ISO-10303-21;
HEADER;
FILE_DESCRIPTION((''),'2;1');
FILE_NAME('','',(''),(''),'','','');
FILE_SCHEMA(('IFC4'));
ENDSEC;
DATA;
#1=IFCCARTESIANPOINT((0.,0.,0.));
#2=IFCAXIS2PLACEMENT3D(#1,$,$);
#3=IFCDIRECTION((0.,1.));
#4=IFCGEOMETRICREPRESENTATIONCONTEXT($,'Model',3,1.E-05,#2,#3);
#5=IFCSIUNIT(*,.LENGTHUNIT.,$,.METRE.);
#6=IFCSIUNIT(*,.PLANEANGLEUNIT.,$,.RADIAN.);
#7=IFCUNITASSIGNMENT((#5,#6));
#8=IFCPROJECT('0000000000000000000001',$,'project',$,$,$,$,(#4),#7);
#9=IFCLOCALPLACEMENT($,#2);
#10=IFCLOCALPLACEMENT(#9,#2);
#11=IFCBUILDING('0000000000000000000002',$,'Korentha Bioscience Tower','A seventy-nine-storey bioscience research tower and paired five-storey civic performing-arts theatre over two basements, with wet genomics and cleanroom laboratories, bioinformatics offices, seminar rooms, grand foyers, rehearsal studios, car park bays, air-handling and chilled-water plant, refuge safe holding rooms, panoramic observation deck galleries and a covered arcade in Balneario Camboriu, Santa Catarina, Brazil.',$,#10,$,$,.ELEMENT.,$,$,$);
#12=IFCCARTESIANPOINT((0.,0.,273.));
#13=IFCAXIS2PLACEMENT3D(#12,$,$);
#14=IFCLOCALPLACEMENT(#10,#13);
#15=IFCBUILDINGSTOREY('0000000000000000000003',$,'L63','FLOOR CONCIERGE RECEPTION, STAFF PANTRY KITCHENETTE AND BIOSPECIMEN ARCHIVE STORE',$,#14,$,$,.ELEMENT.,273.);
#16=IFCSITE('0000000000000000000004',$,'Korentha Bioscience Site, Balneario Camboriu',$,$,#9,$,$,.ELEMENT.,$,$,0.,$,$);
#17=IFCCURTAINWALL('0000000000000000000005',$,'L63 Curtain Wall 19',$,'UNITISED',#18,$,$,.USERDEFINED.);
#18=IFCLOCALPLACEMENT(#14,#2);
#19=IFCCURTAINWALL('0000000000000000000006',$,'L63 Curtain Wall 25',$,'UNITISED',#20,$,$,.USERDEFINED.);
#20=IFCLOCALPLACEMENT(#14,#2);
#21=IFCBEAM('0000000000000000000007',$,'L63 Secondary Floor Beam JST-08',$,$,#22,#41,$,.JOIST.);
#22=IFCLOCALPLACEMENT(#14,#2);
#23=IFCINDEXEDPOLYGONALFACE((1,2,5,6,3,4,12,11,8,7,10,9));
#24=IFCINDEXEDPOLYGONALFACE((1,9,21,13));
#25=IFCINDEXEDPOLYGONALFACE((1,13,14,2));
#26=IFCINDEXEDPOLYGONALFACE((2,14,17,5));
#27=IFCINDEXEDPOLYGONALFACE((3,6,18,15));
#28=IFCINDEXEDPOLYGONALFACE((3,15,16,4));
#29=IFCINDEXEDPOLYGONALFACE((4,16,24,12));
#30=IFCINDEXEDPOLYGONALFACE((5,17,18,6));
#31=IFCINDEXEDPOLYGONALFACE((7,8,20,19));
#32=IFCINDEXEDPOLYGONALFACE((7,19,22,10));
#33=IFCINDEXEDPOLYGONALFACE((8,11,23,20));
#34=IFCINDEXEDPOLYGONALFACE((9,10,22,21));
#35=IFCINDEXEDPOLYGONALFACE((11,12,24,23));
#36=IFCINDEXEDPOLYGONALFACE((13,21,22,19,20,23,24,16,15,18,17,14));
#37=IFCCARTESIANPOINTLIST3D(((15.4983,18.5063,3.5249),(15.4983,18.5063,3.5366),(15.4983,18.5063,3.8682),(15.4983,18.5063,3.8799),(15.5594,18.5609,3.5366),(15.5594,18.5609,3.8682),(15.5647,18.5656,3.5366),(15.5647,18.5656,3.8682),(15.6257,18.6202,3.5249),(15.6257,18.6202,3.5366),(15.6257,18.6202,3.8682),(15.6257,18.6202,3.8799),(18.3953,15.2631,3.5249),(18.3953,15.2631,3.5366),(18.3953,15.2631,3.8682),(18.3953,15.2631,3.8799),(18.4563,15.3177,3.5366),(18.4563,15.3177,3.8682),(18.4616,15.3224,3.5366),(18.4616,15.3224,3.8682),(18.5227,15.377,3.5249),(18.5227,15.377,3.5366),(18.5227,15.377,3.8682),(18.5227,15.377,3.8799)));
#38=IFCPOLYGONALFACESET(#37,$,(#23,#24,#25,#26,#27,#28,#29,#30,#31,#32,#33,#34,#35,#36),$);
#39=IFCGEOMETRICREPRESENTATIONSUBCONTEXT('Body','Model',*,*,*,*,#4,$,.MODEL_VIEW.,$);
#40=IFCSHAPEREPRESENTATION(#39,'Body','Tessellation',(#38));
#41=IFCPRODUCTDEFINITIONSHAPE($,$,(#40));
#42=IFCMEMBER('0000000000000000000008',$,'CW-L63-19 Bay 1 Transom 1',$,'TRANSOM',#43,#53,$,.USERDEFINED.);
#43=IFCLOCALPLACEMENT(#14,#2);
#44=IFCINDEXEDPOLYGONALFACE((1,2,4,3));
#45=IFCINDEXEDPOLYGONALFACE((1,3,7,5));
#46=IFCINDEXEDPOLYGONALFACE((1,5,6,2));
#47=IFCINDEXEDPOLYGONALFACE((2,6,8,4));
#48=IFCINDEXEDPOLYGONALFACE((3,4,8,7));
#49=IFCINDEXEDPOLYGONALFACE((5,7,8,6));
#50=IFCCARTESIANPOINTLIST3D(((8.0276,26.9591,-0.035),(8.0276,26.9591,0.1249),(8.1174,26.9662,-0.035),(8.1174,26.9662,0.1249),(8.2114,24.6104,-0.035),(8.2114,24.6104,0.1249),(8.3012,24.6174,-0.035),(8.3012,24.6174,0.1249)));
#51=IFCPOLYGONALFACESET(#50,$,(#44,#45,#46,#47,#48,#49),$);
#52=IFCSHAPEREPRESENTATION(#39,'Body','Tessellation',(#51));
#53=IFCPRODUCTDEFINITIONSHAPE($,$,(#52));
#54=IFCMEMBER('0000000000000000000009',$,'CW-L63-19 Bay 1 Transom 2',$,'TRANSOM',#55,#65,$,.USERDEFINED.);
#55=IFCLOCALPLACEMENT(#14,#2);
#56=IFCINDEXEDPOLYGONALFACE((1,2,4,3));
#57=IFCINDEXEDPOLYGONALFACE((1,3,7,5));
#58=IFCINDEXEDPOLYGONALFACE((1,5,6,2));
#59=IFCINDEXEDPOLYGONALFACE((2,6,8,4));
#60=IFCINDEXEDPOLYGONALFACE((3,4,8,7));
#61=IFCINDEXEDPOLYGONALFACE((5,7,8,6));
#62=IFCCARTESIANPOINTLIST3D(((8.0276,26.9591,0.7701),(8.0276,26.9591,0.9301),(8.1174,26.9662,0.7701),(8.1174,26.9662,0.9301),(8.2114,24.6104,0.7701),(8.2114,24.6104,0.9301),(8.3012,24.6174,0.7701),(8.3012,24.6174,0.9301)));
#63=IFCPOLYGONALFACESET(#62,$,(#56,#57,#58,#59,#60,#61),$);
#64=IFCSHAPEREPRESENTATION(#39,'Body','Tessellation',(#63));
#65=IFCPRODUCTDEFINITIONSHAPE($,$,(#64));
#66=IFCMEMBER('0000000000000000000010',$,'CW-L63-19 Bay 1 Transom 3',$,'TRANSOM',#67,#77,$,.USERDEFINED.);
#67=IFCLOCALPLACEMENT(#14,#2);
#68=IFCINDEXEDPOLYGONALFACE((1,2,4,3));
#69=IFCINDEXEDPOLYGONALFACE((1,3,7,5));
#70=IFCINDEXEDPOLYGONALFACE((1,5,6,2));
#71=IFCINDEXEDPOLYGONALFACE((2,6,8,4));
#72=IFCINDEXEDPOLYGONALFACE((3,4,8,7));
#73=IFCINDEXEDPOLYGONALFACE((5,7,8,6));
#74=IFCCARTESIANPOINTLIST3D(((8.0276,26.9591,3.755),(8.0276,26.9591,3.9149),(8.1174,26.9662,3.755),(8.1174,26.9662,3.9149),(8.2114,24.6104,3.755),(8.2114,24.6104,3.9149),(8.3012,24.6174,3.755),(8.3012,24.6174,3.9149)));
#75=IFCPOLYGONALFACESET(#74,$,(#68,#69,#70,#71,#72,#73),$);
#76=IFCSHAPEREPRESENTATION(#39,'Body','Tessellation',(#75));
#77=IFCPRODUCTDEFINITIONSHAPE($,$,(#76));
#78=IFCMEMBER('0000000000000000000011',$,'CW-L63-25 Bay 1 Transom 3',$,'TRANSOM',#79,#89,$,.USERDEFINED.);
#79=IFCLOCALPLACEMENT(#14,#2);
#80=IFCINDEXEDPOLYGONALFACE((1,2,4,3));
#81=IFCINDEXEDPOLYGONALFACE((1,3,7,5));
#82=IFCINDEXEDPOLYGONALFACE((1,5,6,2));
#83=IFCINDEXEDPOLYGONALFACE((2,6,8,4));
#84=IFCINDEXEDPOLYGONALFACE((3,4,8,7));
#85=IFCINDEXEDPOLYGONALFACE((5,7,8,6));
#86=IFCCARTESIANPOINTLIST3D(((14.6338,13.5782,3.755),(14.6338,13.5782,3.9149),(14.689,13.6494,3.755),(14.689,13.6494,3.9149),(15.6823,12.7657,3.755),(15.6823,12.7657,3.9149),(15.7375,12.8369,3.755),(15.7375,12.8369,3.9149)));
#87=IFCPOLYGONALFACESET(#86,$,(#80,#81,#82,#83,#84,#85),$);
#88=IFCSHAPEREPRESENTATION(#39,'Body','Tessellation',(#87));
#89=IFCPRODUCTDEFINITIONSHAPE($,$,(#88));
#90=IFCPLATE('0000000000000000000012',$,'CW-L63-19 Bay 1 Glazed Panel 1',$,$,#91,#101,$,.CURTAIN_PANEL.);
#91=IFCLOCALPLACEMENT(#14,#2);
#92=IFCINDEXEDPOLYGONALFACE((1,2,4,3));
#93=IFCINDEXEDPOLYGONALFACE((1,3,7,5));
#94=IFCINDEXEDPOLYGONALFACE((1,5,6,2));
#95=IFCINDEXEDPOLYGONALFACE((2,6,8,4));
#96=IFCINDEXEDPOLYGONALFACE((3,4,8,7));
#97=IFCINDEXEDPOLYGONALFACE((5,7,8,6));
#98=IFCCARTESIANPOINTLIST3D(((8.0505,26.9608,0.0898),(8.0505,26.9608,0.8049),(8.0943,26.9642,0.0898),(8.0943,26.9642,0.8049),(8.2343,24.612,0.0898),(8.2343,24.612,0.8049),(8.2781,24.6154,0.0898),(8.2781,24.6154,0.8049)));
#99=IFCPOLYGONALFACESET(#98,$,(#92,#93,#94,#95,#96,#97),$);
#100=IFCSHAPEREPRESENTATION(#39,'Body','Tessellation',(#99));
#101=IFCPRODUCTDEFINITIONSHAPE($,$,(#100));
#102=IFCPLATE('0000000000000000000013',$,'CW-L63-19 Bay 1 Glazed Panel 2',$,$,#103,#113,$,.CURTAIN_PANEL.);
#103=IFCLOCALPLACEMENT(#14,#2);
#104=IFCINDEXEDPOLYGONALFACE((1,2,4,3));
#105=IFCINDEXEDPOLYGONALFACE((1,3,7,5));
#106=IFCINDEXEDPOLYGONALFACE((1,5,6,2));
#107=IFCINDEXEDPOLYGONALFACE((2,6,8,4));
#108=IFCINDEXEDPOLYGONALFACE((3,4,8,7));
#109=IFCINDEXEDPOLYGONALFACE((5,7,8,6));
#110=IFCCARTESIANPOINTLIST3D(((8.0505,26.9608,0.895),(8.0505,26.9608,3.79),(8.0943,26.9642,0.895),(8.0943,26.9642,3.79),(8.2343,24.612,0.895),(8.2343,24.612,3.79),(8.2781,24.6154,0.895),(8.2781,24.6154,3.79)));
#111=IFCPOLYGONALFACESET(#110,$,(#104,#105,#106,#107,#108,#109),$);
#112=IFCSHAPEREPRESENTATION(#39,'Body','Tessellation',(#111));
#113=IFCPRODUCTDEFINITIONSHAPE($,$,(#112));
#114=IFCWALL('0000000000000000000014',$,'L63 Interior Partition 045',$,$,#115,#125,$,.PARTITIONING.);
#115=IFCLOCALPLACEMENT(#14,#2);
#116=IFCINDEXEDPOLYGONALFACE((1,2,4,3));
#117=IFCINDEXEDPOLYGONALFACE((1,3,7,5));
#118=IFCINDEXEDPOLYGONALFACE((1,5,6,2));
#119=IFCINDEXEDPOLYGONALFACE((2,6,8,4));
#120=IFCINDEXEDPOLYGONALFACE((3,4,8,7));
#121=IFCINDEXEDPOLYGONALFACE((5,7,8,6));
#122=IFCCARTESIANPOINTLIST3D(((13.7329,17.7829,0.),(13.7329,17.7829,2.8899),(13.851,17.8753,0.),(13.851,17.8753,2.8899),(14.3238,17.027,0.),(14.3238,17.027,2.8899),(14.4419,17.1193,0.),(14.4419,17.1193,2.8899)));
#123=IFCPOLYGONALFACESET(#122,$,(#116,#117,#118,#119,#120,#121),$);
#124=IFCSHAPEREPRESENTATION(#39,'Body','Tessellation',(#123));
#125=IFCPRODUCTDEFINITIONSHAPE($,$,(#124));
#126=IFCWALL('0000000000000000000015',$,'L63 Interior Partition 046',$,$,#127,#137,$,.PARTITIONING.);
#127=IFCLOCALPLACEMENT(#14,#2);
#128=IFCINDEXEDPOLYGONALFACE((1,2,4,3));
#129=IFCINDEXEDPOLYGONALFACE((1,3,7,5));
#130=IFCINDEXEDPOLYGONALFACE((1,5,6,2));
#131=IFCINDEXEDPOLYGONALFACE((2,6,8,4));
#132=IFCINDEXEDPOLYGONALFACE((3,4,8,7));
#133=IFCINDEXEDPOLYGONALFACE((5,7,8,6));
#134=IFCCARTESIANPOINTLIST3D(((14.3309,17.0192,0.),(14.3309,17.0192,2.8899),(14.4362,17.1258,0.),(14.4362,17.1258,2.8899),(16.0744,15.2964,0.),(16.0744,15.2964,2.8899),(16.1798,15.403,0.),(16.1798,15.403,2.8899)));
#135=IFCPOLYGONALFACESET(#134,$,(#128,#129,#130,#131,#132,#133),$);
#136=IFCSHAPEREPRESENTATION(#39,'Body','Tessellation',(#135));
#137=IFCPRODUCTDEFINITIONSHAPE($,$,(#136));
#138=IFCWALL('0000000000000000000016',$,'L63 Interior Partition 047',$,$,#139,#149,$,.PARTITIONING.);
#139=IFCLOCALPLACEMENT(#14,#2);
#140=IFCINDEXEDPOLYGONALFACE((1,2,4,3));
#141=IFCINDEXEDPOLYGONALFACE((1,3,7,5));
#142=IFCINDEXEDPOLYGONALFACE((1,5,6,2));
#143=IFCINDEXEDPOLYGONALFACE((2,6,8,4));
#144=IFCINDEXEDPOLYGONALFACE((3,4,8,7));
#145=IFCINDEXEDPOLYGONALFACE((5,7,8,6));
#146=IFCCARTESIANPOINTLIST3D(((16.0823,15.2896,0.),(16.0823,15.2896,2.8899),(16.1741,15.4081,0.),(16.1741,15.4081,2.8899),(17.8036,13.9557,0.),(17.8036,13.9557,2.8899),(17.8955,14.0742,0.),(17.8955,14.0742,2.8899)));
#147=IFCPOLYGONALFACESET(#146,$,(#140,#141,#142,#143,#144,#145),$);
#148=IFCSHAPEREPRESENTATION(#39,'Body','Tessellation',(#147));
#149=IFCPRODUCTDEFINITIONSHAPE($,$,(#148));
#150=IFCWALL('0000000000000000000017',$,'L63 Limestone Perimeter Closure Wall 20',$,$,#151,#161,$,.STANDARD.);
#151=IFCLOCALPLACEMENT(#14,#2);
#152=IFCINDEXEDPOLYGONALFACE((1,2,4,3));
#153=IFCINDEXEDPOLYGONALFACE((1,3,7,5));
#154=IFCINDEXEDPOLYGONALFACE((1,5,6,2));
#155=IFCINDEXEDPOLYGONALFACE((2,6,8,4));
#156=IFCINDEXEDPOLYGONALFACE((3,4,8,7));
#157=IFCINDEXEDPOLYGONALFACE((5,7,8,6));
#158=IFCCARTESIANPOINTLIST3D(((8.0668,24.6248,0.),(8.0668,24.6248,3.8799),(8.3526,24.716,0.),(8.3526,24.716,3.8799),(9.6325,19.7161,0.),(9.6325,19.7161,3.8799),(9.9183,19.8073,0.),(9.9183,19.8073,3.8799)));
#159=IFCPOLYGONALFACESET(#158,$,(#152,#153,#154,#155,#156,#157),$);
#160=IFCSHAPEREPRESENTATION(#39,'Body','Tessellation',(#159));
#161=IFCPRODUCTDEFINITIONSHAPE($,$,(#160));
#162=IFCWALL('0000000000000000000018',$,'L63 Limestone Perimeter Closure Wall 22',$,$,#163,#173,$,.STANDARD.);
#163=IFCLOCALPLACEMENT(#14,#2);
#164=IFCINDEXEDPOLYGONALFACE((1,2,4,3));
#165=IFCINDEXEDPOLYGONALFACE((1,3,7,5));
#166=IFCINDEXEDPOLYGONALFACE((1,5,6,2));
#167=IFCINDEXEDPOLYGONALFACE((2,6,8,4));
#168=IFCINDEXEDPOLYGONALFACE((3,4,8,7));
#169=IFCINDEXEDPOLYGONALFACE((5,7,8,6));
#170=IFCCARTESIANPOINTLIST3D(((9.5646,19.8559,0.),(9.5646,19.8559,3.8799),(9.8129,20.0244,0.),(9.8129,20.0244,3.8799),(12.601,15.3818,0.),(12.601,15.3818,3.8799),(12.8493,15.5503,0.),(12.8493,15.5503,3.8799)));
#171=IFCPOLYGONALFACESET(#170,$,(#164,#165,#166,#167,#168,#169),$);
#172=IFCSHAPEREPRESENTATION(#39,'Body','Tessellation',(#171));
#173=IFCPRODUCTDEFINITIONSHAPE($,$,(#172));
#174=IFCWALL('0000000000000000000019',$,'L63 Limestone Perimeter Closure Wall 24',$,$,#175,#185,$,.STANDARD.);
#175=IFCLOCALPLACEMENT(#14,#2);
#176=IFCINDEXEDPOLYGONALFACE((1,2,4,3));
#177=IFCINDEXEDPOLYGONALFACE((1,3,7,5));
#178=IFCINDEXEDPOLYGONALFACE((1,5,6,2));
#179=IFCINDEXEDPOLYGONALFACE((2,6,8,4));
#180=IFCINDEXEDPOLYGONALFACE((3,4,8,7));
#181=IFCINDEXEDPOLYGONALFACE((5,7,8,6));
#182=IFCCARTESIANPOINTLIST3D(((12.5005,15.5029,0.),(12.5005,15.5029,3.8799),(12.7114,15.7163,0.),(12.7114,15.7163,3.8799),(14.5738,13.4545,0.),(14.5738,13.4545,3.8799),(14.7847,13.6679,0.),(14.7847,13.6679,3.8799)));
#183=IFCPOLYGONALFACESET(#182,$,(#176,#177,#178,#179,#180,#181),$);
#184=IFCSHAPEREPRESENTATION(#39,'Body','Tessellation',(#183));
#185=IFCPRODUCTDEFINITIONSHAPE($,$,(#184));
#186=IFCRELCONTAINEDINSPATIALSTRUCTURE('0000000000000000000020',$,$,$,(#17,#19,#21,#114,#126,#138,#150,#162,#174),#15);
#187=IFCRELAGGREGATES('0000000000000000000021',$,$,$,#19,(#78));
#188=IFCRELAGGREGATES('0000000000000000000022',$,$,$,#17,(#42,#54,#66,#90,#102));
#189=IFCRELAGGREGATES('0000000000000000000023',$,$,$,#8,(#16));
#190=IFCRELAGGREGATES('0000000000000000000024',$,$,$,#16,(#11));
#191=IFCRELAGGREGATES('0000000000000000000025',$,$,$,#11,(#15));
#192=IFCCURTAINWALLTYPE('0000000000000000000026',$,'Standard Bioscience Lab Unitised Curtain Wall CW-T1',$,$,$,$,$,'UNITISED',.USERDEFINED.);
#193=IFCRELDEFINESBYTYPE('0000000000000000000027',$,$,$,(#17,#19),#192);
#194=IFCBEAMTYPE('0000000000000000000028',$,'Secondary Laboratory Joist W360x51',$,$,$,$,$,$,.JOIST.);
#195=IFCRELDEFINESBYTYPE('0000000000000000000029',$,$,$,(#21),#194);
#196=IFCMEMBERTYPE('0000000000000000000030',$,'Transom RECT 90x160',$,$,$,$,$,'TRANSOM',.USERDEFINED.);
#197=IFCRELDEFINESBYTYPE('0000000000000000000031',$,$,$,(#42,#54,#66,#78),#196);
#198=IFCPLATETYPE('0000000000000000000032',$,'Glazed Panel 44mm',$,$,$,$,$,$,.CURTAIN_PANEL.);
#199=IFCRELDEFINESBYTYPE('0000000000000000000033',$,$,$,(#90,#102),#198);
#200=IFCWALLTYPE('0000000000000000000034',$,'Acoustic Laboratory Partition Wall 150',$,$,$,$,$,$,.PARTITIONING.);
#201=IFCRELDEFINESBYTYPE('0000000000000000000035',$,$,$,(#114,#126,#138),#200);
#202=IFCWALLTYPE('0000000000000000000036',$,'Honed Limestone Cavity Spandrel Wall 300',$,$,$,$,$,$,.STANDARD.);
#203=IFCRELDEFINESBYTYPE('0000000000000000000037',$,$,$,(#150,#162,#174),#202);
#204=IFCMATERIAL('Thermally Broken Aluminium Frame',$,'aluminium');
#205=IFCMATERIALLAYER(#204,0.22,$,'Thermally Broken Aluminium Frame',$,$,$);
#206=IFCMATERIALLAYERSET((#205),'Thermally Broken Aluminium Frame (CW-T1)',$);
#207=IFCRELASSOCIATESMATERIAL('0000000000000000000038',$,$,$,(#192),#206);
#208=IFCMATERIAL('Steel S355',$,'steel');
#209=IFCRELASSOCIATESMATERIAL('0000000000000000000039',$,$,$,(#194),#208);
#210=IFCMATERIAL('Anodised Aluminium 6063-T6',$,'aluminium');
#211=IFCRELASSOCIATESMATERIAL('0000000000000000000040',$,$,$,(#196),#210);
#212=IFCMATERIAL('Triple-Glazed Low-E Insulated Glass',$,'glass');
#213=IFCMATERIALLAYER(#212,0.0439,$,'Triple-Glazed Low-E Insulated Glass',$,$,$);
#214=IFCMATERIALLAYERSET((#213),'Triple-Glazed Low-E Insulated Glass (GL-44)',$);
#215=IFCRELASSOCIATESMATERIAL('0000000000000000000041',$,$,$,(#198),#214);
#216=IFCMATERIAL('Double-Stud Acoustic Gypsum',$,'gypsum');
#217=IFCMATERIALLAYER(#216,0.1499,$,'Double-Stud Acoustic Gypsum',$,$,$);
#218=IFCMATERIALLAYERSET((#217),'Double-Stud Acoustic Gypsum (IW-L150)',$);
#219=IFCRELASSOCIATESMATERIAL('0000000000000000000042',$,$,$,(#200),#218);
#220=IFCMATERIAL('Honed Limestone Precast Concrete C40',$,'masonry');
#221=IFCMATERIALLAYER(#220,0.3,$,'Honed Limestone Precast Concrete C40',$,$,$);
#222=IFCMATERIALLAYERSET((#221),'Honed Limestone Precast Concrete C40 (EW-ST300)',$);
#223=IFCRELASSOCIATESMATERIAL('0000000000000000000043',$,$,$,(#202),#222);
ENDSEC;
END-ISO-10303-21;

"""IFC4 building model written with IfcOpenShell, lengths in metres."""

from ifc_helpers import new_model, si_unit, direction, frame, frame_2d, origin, origin_2d, place, context, subcontext, project, spatial, rectangle, i_section, extrude, material, layer, layer_set, material_profile, profile_set, type_object, element, aggregate, save


model = new_model("IFC4")

# Units and contexts
model_context = context("Model", 3, precision=1e-05, world=origin(), true_north=direction((0.0, 1.0)))
body_context = subcontext(model_context, "Body", "Model", "MODEL_VIEW")
ifc_project = project(units=[si_unit("LENGTHUNIT", "METRE"), si_unit("PLANEANGLEUNIT", "RADIAN")], contexts=[model_context])

# Site, building, storey
site_placement = place(None, origin())
site = spatial("IfcSite", under=ifc_project, at=site_placement, Name="Korentha Bioscience Site, Balneario Camboriu", CompositionType="ELEMENT", RefElevation=0.0)
building_placement = place(site_placement, origin())
building = spatial("IfcBuilding", under=site, at=building_placement, Name="Korentha Bioscience Tower", Description="A seventy-nine-storey bioscience research tower and paired five-storey civic performing-arts theatre over two basements, with wet genomics and cleanroom laboratories, bioinformatics offices, seminar rooms, grand foyers, rehearsal studios, car park bays, air-handling and chilled-water plant, refuge safe holding rooms, panoramic observation deck galleries and a covered arcade in Balneario Camboriu, Santa Catarina, Brazil.", CompositionType="ELEMENT")
storey_placement = place(building_placement, frame((0.0, 0.0, 273.0)))
storey = spatial("IfcBuildingStorey", under=building, at=storey_placement, Name="L63", Description="FLOOR CONCIERGE RECEPTION, STAFF PANTRY KITCHENETTE AND BIOSPECIMEN ARCHIVE STORE", CompositionType="ELEMENT", Elevation=273.0)

# Curtain wall
ifc_material_1 = material(Name="Thermally Broken Aluminium Frame", Category="aluminium")
ifc_layer_1 = layer(ifc_material_1, 0.22, Name="Thermally Broken Aluminium Frame")
ifc_layer_set_1 = layer_set([ifc_layer_1], Name="Thermally Broken Aluminium Frame (CW-T1)")
curtain_wall_type = type_object("IfcCurtainWallType", Name="Standard Bioscience Lab Unitised Curtain Wall CW-T1", ElementType="UNITISED", PredefinedType="USERDEFINED", material=ifc_layer_set_1)
curtain_wall_1_placement = place(storey_placement, origin())
curtain_wall_1 = element("IfcCurtainWall", 1, at=curtain_wall_1_placement, inside=storey, type_object=curtain_wall_type, Name="L63 Curtain Wall 19", ObjectType="UNITISED", PredefinedType="USERDEFINED")
ifc_material_2 = material(Name="Anodised Aluminium 6063-T6", Category="aluminium")

# Curtain wall
curtain_wall_2_placement = place(storey_placement, origin())
curtain_wall_2 = element("IfcCurtainWall", 2, at=curtain_wall_2_placement, inside=storey, type_object=curtain_wall_type, Name="L63 Curtain Wall 25", ObjectType="UNITISED", PredefinedType="USERDEFINED")

# Beam
ifc_material_3 = material(Name="Steel S355", Category="steel")
ifc_material_profile_1 = material_profile(ifc_material_3, i_section(OverallWidth=0.1709, OverallDepth=0.355, WebThickness=0.0071, FlangeThickness=0.0117, at=origin_2d()), Name="Steel S355")
ifc_profile_set_1 = profile_set([ifc_material_profile_1], Name="Steel S355 (JB-360)")
beam_type_1 = type_object("IfcBeamType", Name="Secondary Laboratory Joist W360x51", PredefinedType="JOIST", material=ifc_profile_set_1)
beam_1_placement = place(storey_placement, frame((15.562, 18.5632, 3.7024), z_axis=(0.666181, -0.74579, 0.0), x_axis=(0.74579, 0.666181, 0.0)))
element("IfcBeam", 3, at=beam_1_placement, inside=storey, type_object=beam_type_1, Name="L63 Secondary Floor Beam JST-08", PredefinedType="JOIST", context=body_context, shape_type="SweptSolid", body=[
    extrude(i_section(OverallWidth=0.1709, OverallDepth=0.355, WebThickness=0.0071, FlangeThickness=0.0117, at=origin_2d()), origin(), (0.0, 0.0, 1.0), 4.3486),
])

# Members
ifc_material_profile_2 = material_profile(ifc_material_2, rectangle(XDim=0.0901, YDim=0.1599, at=origin_2d()), Name="Anodised Aluminium 6063-T6")
ifc_profile_set_2 = profile_set([ifc_material_profile_2], Name="Anodised Aluminium 6063-T6 (CW-TRN)")
member_type_1 = type_object("IfcMemberType", Name="Transom RECT 90x160", ElementType="TRANSOM", PredefinedType="USERDEFINED", material=ifc_profile_set_2)
member_1_placement = place(storey_placement, frame((8.0725, 26.9626, 0.0449), z_axis=(0.078028, -0.996951, 0.0), x_axis=(0.996951, 0.078028, 0.0)))
member_1 = element("IfcMember", 4, at=member_1_placement, type_object=member_type_1, Name="CW-L63-19 Bay 1 Transom 1", ObjectType="TRANSOM", PredefinedType="USERDEFINED", context=body_context, shape_type="SweptSolid", body=[
    extrude(rectangle(XDim=0.0901, YDim=0.1599, at=origin_2d()), origin(), (0.0, 0.0, 1.0), 2.356),
])
member_2_placement = place(storey_placement, frame((8.0725, 26.9626, 0.8501), z_axis=(0.078028, -0.996951, 0.0), x_axis=(0.996951, 0.078028, 0.0)))
member_2 = element("IfcMember", 5, at=member_2_placement, type_object=member_type_1, Name="CW-L63-19 Bay 1 Transom 2", ObjectType="TRANSOM", PredefinedType="USERDEFINED", context=body_context, shape_type="SweptSolid", body=[
    extrude(rectangle(XDim=0.0901, YDim=0.1599, at=origin_2d()), origin(), (0.0, 0.0, 1.0), 2.356),
])
member_3_placement = place(storey_placement, frame((8.0725, 26.9626, 3.835), z_axis=(0.078028, -0.996951, 0.0), x_axis=(0.996951, 0.078028, 0.0)))
member_3 = element("IfcMember", 6, at=member_3_placement, type_object=member_type_1, Name="CW-L63-19 Bay 1 Transom 3", ObjectType="TRANSOM", PredefinedType="USERDEFINED", context=body_context, shape_type="SweptSolid", body=[
    extrude(rectangle(XDim=0.0901, YDim=0.1599, at=origin_2d()), origin(), (0.0, 0.0, 1.0), 2.356),
])
member_4_placement = place(storey_placement, frame((14.6614, 13.6138, 3.835), z_axis=(0.790471, -0.6125, 0.0), x_axis=(0.6125, 0.790471, 0.0)))
member_4 = element("IfcMember", 7, at=member_4_placement, type_object=member_type_1, Name="CW-L63-25 Bay 1 Transom 3", ObjectType="TRANSOM", PredefinedType="USERDEFINED", context=body_context, shape_type="SweptSolid", body=[
    extrude(rectangle(XDim=0.0901, YDim=0.1599, at=origin_2d()), origin(), (0.0, 0.0, 1.0), 1.3264),
])
aggregate(curtain_wall_2, [member_4])

# Plates
ifc_material_4 = material(Name="Triple-Glazed Low-E Insulated Glass", Category="glass")
ifc_layer_2 = layer(ifc_material_4, 0.0439, Name="Triple-Glazed Low-E Insulated Glass")
ifc_layer_set_2 = layer_set([ifc_layer_2], Name="Triple-Glazed Low-E Insulated Glass (GL-44)")
plate_type = type_object("IfcPlateType", Name="Glazed Panel 44mm", PredefinedType="CURTAIN_PANEL", material=ifc_layer_set_2)
plate_1_placement = place(storey_placement, frame((8.1643, 25.7881, 0.0898), z_axis=(0.0, 0.0, 1.0), x_axis=(0.078035, -0.996951, 0.0)))
plate_1 = element("IfcPlate", 8, at=plate_1_placement, type_object=plate_type, Name="CW-L63-19 Bay 1 Glazed Panel 1", PredefinedType="CURTAIN_PANEL", context=body_context, shape_type="SweptSolid", body=[
    extrude(rectangle(XDim=2.356, YDim=0.0439, at=origin_2d()), origin(), (0.0, 0.0, 1.0), 0.7151),
])
plate_2_placement = place(storey_placement, frame((8.1643, 25.7881, 0.895), z_axis=(0.0, 0.0, 1.0), x_axis=(0.078035, -0.996951, 0.0)))
plate_2 = element("IfcPlate", 9, at=plate_2_placement, type_object=plate_type, Name="CW-L63-19 Bay 1 Glazed Panel 2", PredefinedType="CURTAIN_PANEL", context=body_context, shape_type="SweptSolid", body=[
    extrude(rectangle(XDim=2.356, YDim=0.0439, at=origin_2d()), origin(), (0.0, 0.0, 1.0), 2.895),
])
aggregate(curtain_wall_1, [member_1, member_2, member_3, plate_1, plate_2])

# Walls
ifc_material_5 = material(Name="Double-Stud Acoustic Gypsum", Category="gypsum")
ifc_layer_3 = layer(ifc_material_5, 0.1499, Name="Double-Stud Acoustic Gypsum")
ifc_layer_set_3 = layer_set([ifc_layer_3], Name="Double-Stud Acoustic Gypsum (IW-L150)")
wall_type_1 = type_object("IfcWallType", Name="Acoustic Laboratory Partition Wall 150", PredefinedType="PARTITIONING", material=ifc_layer_set_3)
wall_1_placement = place(storey_placement, frame((13.792, 17.8291, 0.0), z_axis=(0.0, 0.0, 1.0), x_axis=(0.615842, -0.78787, 0.0)))
element("IfcWall", 10, at=wall_1_placement, inside=storey, type_object=wall_type_1, Name="L63 Interior Partition 045", PredefinedType="PARTITIONING", context=body_context, shape_type="SweptSolid", body=[
    extrude(rectangle(XDim=0.9595, YDim=0.1499, at=frame_2d((0.4797, 0.0))), origin(), (0.0, 0.0, 1.0), 2.8899),
])
wall_2_placement = place(storey_placement, frame((14.3835, 17.0725, 0.0), z_axis=(0.0, 0.0, 1.0), x_axis=(0.711327, -0.702861, 0.0)))
element("IfcWall", 11, at=wall_2_placement, inside=storey, type_object=wall_type_1, Name="L63 Interior Partition 046", PredefinedType="PARTITIONING", context=body_context, shape_type="SweptSolid", body=[
    extrude(rectangle(XDim=2.4512, YDim=0.1499, at=frame_2d((1.2256, 0.0))), origin(), (0.0, 0.0, 1.0), 2.8899),
])
wall_3_placement = place(storey_placement, frame((16.1282, 15.3489, 0.0), z_axis=(0.0, 0.0, 1.0), x_axis=(0.790444, -0.612535, 0.0)))
element("IfcWall", 12, at=wall_3_placement, inside=storey, type_object=wall_type_1, Name="L63 Interior Partition 047", PredefinedType="PARTITIONING", context=body_context, shape_type="SweptSolid", body=[
    extrude(rectangle(XDim=2.1777, YDim=0.1499, at=frame_2d((1.0889, 0.0))), origin(), (0.0, 0.0, 1.0), 2.8899),
])
ifc_material_6 = material(Name="Honed Limestone Precast Concrete C40", Category="masonry")
ifc_layer_4 = layer(ifc_material_6, 0.3, Name="Honed Limestone Precast Concrete C40")
ifc_layer_set_4 = layer_set([ifc_layer_4], Name="Honed Limestone Precast Concrete C40 (EW-ST300)")
wall_type_2 = type_object("IfcWallType", Name="Honed Limestone Cavity Spandrel Wall 300", PredefinedType="STANDARD", material=ifc_layer_set_4)
wall_4_placement = place(storey_placement, frame((8.2097, 24.6704, 0.0), z_axis=(0.0, 0.0, 1.0), x_axis=(0.303876, -0.952711, 0.0)))
element("IfcWall", 13, at=wall_4_placement, inside=storey, type_object=wall_type_2, Name="L63 Limestone Perimeter Closure Wall 20", PredefinedType="STANDARD", context=body_context, shape_type="SweptSolid", body=[
    extrude(rectangle(XDim=5.1523, YDim=0.3, at=frame_2d((2.5762, 0.0))), origin(), (0.0, 0.0, 1.0), 3.8799),
])
wall_5_placement = place(storey_placement, frame((9.6887, 19.9402, 0.0), z_axis=(0.0, 0.0, 1.0), x_axis=(0.561548, -0.827444, 0.0)))
element("IfcWall", 14, at=wall_5_placement, inside=storey, type_object=wall_type_2, Name="L63 Limestone Perimeter Closure Wall 22", PredefinedType="STANDARD", context=body_context, shape_type="SweptSolid", body=[
    extrude(rectangle(XDim=5.4072, YDim=0.3, at=frame_2d((2.7036, 0.0))), origin(), (0.0, 0.0, 1.0), 3.8799),
])
wall_6_placement = place(storey_placement, frame((12.606, 15.6096, 0.0), z_axis=(0.0, 0.0, 1.0), x_axis=(0.711366, -0.702822, 0.0)))
element("IfcWall", 15, at=wall_6_placement, inside=storey, type_object=wall_type_2, Name="L63 Limestone Perimeter Closure Wall 24", PredefinedType="STANDARD", context=body_context, shape_type="SweptSolid", body=[
    extrude(rectangle(XDim=2.9146, YDim=0.3, at=frame_2d((1.4573, 0.0))), origin(), (0.0, 0.0, 1.0), 3.8799),
])

save(model, "model.ifc")
